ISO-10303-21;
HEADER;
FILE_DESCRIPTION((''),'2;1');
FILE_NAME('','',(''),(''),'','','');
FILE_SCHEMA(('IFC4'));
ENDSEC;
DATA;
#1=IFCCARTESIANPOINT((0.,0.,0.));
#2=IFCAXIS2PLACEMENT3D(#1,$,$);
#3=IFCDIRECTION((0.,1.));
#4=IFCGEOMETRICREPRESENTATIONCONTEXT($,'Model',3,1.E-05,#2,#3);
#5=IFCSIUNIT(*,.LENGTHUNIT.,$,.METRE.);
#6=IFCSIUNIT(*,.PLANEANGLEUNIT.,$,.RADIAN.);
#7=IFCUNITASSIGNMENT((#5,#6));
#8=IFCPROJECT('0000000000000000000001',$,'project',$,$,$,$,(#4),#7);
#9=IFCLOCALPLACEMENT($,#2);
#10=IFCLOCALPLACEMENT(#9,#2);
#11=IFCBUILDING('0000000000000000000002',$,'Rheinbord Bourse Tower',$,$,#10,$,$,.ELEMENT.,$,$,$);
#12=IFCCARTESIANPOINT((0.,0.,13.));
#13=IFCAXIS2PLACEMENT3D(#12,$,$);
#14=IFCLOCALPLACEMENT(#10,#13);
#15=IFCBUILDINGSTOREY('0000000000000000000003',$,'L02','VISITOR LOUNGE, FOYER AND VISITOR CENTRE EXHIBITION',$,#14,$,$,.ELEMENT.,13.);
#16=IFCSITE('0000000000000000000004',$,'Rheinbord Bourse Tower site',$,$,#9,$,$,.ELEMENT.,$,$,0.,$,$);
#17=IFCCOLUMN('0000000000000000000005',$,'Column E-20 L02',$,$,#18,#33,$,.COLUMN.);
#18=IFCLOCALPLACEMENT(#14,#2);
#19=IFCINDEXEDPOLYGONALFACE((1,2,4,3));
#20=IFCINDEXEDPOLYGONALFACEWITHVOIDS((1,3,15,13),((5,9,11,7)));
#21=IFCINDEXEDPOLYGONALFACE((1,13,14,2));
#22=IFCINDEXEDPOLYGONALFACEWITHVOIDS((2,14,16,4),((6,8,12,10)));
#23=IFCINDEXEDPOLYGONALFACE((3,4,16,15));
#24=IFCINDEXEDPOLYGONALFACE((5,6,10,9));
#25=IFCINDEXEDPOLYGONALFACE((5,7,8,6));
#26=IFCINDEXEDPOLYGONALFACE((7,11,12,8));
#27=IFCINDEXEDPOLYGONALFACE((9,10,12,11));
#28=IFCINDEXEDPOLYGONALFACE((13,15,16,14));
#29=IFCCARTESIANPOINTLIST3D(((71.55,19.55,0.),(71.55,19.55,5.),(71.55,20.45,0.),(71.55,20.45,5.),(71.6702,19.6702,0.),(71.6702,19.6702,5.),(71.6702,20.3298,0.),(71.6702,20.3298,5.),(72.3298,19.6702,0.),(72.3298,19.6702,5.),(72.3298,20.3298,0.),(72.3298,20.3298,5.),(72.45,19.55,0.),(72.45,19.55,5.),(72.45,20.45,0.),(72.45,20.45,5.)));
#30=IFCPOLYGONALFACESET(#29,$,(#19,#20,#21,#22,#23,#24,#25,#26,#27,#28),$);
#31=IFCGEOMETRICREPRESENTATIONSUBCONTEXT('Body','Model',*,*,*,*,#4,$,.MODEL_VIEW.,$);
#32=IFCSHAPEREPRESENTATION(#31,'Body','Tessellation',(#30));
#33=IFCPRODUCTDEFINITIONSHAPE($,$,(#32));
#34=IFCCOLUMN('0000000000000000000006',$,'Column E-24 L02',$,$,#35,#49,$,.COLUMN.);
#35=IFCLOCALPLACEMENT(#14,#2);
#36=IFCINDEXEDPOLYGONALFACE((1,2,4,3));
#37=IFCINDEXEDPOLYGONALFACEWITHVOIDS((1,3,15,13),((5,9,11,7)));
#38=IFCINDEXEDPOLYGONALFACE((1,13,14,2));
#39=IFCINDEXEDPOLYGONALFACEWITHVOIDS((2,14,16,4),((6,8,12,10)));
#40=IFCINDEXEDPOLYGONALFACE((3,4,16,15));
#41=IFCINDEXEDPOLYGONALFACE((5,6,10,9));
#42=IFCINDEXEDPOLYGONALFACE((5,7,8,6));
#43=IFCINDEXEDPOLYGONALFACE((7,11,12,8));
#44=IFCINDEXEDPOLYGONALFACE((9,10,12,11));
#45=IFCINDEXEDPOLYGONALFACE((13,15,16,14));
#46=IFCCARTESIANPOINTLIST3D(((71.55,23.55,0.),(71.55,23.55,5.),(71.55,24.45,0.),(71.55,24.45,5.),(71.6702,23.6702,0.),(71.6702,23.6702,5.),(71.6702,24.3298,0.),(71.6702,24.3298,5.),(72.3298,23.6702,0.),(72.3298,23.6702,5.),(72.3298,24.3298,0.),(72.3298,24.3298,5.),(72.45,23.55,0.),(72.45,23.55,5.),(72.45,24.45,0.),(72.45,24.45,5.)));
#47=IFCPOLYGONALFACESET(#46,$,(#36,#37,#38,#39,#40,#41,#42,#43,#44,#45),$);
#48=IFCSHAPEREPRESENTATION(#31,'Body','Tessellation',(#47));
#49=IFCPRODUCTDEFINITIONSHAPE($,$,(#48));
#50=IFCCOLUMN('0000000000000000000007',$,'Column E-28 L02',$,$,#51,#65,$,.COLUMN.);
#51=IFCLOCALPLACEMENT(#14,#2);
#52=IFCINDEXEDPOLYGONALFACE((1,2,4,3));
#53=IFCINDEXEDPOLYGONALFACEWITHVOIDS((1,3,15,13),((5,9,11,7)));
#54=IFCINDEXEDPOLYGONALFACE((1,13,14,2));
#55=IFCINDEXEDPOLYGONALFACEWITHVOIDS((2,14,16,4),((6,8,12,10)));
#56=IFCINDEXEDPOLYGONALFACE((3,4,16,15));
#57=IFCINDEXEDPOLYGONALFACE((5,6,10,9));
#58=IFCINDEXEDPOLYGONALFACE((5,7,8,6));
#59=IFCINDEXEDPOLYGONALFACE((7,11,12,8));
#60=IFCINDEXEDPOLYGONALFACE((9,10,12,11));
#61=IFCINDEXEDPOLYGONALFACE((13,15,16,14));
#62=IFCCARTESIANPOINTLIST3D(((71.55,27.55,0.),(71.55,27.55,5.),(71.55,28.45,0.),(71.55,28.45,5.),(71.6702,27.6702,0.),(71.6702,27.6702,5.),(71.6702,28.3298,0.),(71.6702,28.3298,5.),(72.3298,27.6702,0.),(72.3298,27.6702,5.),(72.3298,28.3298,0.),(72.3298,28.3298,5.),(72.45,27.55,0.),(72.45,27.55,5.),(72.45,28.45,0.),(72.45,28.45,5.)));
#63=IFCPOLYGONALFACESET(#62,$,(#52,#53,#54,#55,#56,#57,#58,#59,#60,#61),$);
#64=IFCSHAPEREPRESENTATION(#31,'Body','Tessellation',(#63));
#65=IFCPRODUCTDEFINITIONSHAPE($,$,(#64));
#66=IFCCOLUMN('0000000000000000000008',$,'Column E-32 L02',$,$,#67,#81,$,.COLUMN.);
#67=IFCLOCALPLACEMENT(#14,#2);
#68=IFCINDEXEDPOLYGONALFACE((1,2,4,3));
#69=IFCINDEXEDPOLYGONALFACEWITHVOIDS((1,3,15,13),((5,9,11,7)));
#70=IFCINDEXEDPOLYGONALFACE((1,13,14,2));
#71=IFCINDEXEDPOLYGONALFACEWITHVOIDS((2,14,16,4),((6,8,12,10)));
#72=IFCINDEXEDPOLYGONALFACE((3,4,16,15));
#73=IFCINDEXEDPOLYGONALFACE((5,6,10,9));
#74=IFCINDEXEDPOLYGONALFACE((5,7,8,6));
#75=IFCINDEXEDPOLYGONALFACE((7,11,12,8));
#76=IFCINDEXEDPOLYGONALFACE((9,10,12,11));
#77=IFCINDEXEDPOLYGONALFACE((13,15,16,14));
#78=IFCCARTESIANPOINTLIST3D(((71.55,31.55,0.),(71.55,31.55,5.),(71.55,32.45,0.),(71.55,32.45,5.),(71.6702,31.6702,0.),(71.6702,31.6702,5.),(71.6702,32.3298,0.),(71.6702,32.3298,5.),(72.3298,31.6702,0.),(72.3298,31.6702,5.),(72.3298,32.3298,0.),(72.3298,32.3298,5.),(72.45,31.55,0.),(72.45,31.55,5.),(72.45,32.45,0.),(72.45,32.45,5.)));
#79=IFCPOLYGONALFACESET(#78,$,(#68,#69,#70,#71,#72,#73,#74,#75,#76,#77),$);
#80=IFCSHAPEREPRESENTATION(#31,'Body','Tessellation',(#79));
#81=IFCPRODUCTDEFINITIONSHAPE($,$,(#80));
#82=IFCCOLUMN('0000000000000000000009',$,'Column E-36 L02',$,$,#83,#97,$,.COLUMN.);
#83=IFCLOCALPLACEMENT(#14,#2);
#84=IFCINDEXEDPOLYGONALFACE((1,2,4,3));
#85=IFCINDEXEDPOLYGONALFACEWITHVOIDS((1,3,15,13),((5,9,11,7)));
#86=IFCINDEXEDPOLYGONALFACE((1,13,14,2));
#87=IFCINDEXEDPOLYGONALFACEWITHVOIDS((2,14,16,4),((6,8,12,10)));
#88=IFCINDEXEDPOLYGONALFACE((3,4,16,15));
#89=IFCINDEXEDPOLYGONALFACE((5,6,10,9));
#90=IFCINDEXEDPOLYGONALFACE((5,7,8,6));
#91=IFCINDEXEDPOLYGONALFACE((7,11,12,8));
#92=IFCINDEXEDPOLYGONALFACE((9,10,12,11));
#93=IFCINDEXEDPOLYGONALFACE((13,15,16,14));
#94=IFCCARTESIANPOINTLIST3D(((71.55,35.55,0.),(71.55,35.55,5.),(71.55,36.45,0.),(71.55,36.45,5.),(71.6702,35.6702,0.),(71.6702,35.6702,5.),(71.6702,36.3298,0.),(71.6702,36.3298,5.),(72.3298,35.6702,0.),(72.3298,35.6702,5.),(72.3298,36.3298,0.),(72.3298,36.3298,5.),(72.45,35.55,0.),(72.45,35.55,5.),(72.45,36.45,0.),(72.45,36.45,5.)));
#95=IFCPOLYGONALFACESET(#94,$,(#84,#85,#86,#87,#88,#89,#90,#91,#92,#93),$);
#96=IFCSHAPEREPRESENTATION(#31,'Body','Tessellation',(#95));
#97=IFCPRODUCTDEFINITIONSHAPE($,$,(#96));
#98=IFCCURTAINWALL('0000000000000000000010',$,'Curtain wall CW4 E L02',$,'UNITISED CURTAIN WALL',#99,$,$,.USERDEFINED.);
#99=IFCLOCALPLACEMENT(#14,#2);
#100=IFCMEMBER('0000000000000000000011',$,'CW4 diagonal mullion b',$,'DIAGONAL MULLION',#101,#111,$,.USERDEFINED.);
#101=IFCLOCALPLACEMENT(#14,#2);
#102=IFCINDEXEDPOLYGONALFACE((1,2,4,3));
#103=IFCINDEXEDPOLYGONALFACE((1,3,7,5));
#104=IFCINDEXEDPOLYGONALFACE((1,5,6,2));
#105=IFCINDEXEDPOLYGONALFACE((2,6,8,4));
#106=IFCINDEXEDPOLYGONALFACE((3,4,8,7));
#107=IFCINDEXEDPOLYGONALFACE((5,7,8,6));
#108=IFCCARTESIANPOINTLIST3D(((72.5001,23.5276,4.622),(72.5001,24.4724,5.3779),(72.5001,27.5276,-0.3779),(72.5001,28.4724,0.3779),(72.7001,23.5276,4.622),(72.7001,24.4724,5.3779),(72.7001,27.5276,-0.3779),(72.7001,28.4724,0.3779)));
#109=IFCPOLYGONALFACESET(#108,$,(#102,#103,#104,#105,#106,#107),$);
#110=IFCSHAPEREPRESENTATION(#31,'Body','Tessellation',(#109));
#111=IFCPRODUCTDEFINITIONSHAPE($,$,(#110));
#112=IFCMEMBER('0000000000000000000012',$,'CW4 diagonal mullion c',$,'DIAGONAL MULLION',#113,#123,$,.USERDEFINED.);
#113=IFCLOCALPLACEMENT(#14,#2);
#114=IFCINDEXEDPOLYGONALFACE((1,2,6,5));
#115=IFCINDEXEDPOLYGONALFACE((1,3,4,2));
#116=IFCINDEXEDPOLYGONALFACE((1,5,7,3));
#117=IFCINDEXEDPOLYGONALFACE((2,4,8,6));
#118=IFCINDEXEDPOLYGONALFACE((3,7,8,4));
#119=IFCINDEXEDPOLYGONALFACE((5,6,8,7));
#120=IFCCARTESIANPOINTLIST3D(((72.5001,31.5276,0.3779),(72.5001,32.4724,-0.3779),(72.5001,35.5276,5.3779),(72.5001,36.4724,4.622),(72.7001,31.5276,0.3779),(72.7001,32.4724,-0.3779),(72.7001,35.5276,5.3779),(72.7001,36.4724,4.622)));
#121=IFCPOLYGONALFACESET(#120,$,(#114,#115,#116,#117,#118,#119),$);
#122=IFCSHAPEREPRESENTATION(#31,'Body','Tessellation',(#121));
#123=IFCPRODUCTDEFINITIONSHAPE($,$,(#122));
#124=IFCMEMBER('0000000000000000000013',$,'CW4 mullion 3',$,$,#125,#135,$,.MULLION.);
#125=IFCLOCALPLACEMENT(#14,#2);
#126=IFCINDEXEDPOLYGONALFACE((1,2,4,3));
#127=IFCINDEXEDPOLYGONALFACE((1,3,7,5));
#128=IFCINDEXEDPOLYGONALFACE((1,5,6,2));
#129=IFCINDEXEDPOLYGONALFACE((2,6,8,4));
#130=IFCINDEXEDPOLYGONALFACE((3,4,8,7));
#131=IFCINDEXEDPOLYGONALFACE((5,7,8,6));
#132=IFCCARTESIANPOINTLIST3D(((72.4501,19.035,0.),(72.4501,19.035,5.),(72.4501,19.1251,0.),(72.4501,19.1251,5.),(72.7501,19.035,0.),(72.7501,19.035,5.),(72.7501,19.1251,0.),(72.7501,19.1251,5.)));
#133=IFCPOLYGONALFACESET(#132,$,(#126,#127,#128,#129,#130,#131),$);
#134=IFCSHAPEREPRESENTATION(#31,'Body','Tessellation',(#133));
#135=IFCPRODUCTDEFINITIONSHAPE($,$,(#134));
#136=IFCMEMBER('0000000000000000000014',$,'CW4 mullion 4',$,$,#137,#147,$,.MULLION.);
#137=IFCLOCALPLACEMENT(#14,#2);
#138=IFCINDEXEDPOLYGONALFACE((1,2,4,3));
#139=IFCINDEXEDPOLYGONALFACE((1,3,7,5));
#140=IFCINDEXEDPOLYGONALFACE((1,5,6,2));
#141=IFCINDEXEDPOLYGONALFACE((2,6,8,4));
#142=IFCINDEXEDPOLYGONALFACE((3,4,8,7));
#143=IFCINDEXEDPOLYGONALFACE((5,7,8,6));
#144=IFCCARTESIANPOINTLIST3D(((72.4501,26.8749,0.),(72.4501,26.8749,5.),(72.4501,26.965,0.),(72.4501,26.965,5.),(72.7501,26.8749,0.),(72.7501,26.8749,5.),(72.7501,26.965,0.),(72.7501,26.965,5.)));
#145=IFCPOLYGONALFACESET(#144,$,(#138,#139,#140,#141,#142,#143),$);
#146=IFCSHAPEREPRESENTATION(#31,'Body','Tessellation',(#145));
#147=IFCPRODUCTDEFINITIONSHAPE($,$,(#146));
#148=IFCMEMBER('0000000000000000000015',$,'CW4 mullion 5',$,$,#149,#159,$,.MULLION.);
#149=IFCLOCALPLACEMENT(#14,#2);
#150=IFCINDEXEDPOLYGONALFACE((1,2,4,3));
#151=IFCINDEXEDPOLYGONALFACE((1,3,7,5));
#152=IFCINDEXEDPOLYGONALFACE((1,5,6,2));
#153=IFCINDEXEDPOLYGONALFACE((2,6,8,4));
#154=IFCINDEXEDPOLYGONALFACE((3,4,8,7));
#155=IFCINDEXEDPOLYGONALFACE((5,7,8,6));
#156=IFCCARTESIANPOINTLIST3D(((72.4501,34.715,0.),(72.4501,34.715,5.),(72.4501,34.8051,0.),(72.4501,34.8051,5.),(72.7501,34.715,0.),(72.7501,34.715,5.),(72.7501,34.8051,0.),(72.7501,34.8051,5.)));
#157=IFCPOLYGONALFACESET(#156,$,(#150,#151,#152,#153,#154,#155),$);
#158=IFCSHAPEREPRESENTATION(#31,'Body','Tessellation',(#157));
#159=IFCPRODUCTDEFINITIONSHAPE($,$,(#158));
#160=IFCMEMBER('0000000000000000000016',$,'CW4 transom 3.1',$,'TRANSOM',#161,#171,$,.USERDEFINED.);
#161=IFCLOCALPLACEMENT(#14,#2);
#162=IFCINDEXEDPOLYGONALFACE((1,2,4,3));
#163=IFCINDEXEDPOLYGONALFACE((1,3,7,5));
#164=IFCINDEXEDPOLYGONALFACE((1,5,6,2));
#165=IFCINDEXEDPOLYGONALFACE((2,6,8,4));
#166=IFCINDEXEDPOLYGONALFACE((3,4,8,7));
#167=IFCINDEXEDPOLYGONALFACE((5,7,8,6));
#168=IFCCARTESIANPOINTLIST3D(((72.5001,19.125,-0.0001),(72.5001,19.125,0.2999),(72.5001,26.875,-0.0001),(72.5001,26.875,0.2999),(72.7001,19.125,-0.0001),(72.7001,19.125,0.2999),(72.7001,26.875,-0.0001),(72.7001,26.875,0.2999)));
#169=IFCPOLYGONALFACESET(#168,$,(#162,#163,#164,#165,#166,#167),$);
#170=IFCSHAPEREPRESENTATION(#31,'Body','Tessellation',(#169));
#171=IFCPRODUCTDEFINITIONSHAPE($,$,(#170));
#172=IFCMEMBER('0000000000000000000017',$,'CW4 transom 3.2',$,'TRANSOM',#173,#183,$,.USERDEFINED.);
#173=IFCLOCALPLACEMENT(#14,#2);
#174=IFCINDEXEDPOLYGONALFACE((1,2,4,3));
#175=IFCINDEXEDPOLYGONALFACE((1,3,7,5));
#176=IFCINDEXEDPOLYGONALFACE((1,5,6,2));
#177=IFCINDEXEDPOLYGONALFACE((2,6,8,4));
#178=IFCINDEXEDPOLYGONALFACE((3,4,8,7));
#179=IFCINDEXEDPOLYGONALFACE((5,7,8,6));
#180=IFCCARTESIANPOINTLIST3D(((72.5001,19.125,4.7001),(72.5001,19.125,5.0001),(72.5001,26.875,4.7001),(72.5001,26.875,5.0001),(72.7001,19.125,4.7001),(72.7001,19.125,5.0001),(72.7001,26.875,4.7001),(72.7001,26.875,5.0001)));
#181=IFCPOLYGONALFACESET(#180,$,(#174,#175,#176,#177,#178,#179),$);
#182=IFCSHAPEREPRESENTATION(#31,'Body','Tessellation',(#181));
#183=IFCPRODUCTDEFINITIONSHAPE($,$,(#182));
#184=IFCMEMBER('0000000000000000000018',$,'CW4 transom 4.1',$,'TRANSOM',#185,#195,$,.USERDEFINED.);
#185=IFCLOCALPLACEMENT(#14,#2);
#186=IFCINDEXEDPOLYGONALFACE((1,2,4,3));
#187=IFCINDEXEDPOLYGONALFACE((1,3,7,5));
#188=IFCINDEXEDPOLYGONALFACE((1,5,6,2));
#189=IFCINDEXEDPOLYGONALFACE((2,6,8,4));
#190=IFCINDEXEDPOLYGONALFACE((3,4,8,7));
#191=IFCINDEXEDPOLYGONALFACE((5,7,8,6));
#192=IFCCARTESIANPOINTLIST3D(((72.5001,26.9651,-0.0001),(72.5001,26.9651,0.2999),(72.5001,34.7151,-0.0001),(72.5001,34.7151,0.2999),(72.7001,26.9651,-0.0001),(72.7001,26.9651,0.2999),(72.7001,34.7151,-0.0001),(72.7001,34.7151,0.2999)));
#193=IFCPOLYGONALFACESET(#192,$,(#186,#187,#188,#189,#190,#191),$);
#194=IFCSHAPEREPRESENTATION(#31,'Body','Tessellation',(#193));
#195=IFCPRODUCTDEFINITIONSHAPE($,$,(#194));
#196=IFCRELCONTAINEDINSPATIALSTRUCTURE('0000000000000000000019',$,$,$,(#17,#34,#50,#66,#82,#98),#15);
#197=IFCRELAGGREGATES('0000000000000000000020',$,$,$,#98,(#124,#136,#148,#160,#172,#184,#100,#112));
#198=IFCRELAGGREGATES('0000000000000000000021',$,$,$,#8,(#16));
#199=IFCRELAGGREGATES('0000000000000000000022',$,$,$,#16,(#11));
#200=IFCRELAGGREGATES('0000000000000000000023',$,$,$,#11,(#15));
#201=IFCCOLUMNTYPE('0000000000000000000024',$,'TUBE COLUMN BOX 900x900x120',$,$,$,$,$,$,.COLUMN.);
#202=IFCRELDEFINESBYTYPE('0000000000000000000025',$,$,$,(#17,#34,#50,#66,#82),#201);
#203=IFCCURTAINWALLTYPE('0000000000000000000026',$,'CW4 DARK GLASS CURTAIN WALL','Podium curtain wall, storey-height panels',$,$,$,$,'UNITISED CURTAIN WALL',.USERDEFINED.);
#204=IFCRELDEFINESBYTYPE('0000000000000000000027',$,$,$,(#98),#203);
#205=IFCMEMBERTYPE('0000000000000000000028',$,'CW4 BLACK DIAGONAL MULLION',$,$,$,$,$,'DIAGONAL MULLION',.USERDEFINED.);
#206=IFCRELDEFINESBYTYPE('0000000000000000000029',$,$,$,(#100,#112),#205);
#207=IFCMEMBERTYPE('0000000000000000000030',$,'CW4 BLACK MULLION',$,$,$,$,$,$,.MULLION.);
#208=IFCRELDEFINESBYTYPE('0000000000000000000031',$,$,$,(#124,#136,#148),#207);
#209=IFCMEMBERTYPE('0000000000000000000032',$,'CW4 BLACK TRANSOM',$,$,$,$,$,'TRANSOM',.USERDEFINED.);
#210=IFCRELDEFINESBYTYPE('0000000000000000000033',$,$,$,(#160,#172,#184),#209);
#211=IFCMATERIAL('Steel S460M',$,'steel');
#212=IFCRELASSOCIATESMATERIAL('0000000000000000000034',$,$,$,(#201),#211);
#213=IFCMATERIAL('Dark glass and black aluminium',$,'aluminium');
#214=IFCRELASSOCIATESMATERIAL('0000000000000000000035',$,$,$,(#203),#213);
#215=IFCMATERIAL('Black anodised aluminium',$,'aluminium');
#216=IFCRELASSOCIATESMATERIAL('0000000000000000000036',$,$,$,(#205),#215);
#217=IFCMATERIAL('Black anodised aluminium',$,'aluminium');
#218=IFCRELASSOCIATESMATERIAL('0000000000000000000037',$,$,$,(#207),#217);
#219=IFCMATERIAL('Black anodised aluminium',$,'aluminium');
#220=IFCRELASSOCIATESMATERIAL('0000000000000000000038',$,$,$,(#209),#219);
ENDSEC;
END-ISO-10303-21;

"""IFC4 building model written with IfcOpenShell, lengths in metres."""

from ifc_helpers import new_model, si_unit, direction, frame, origin, origin_2d, place, context, subcontext, project, spatial, rectangle, hollow_rectangle, extrude, material, material_profile, profile_set, type_object, element, aggregate, save


model = new_model("IFC4")

# Units and contexts
model_context = context("Model", 3, precision=1e-05, world=origin(), true_north=direction((0.0, 1.0)))
body_context = subcontext(model_context, "Body", "Model", "MODEL_VIEW")
ifc_project = project(units=[si_unit("LENGTHUNIT", "METRE"), si_unit("PLANEANGLEUNIT", "RADIAN")], contexts=[model_context])

# Site, building, storey
site_placement = place(None, origin())
site = spatial("IfcSite", under=ifc_project, at=site_placement, Name="Rheinbord Bourse Tower site", CompositionType="ELEMENT", RefElevation=0.0)
building_placement = place(site_placement, origin())
building = spatial("IfcBuilding", under=site, at=building_placement, Name="Rheinbord Bourse Tower", CompositionType="ELEMENT")
storey_placement = place(building_placement, frame((0.0, 0.0, 13.0)))
storey = spatial("IfcBuildingStorey", under=building, at=storey_placement, Name="L02", Description="VISITOR LOUNGE, FOYER AND VISITOR CENTRE EXHIBITION", CompositionType="ELEMENT", Elevation=13.0)

# Columns
ifc_material_1 = material(Name="Steel S460M", Category="steel")
ifc_material_profile_1 = material_profile(ifc_material_1, hollow_rectangle(XDim=0.8999, YDim=0.8999, WallThickness=0.1201, at=origin_2d()), Name="BOX 900x900x120")
ifc_profile_set_1 = profile_set([ifc_material_profile_1], Name="Steel S460M")
column_type = type_object("IfcColumnType", Name="TUBE COLUMN BOX 900x900x120", PredefinedType="COLUMN", material=ifc_profile_set_1)
for number, where, z_axis, x_axis, name in (
    (1, (72.0, 20.0, 0.0), (0.0, 0.0, 1.0), (1.0, 0.0, 0.0), "Column E-20 L02"),
    (2, (72.0, 24.0, 0.0), (0.0, 0.0, 1.0), (1.0, 0.0, 0.0), "Column E-24 L02"),
    (3, (72.0, 28.0, 0.0), (0.0, 0.0, 1.0), (1.0, 0.0, 0.0), "Column E-28 L02"),
    (4, (72.0, 32.0, 0.0), (0.0, 0.0, 1.0), (1.0, 0.0, 0.0), "Column E-32 L02"),
    (5, (72.0, 36.0, 0.0), (0.0, 0.0, 1.0), (1.0, 0.0, 0.0), "Column E-36 L02"),
):
    element("IfcColumn", number, at=place(storey_placement, frame(where, z_axis=z_axis, x_axis=x_axis)), inside=storey, type_object=column_type, Name=name, PredefinedType="COLUMN", context=body_context, shape_type="SweptSolid", body=[
        extrude(hollow_rectangle(XDim=0.8999, YDim=0.8999, WallThickness=0.1201, at=origin_2d()), origin(), (0.0, 0.0, 1.0), 5.0),
    ])

# Curtain wall, members
ifc_material_2 = material(Name="Dark glass and black aluminium", Category="aluminium")
curtain_wall_type = type_object("IfcCurtainWallType", Name="CW4 DARK GLASS CURTAIN WALL", Description="Podium curtain wall, storey-height panels", ElementType="UNITISED CURTAIN WALL", PredefinedType="USERDEFINED", material=ifc_material_2)
curtain_wall_placement = place(storey_placement, origin())
curtain_wall = element("IfcCurtainWall", 6, at=curtain_wall_placement, inside=storey, type_object=curtain_wall_type, Name="Curtain wall CW4 E L02", ObjectType="UNITISED CURTAIN WALL", PredefinedType="USERDEFINED")
ifc_material_3 = material(Name="Black anodised aluminium", Category="aluminium")
ifc_material_profile_2 = material_profile(ifc_material_3, rectangle(XDim=0.2, YDim=1.21, at=origin_2d()), Name="CW4 DIAGONAL MULLION 1210x200")
ifc_profile_set_2 = profile_set([ifc_material_profile_2], Name="Black anodised aluminium")
member_type_1 = type_object("IfcMemberType", Name="CW4 BLACK DIAGONAL MULLION", ElementType="DIAGONAL MULLION", PredefinedType="USERDEFINED", material=ifc_profile_set_2)
member_1_placement = place(storey_placement, frame((72.6001, 28.0, 0.0), z_axis=(0.0, -0.624695, 0.780869), x_axis=(1.0, 0.0, 0.0)))
member_1 = element("IfcMember", 7, at=member_1_placement, type_object=member_type_1, Name="CW4 diagonal mullion b", ObjectType="DIAGONAL MULLION", PredefinedType="USERDEFINED", context=body_context, shape_type="SweptSolid", body=[
    extrude(rectangle(XDim=0.2, YDim=1.21, at=origin_2d()), origin(), (0.0, 0.0, 1.0), 6.4031),
])
member_2_placement = place(storey_placement, frame((72.6001, 32.0, 0.0), z_axis=(0.0, 0.624695, 0.780869), x_axis=(-1.0, 0.0, 0.0)))
member_2 = element("IfcMember", 8, at=member_2_placement, type_object=member_type_1, Name="CW4 diagonal mullion c", ObjectType="DIAGONAL MULLION", PredefinedType="USERDEFINED", context=body_context, shape_type="SweptSolid", body=[
    extrude(rectangle(XDim=0.2, YDim=1.21, at=origin_2d()), origin(), (0.0, 0.0, 1.0), 6.4031),
])
ifc_material_4 = material(Name="Black anodised aluminium", Category="aluminium")
ifc_material_profile_3 = material_profile(ifc_material_4, rectangle(XDim=0.3, YDim=0.0901, at=origin_2d()), Name="CW4 MULLION 90x300")
ifc_profile_set_3 = profile_set([ifc_material_profile_3], Name="Black anodised aluminium")
member_type_2 = type_object("IfcMemberType", Name="CW4 BLACK MULLION", PredefinedType="MULLION", material=ifc_profile_set_3)
member_3_placement = place(storey_placement, frame((72.6001, 19.0801, 0.0), z_axis=(0.0, 0.0, 1.0), x_axis=(-1.0, 0.0, 0.0)))
member_3 = element("IfcMember", 9, at=member_3_placement, type_object=member_type_2, Name="CW4 mullion 3", PredefinedType="MULLION", context=body_context, shape_type="SweptSolid", body=[
    extrude(rectangle(XDim=0.3, YDim=0.0901, at=origin_2d()), origin(), (0.0, 0.0, 1.0), 5.0),
])
member_4_placement = place(storey_placement, frame((72.6001, 26.9199, 0.0), z_axis=(0.0, 0.0, 1.0), x_axis=(-1.0, 0.0, 0.0)))
member_4 = element("IfcMember", 10, at=member_4_placement, type_object=member_type_2, Name="CW4 mullion 4", PredefinedType="MULLION", context=body_context, shape_type="SweptSolid", body=[
    extrude(rectangle(XDim=0.3, YDim=0.0901, at=origin_2d()), origin(), (0.0, 0.0, 1.0), 5.0),
])
member_5_placement = place(storey_placement, frame((72.6001, 34.76, 0.0), z_axis=(0.0, 0.0, 1.0), x_axis=(-1.0, 0.0, 0.0)))
member_5 = element("IfcMember", 11, at=member_5_placement, type_object=member_type_2, Name="CW4 mullion 5", PredefinedType="MULLION", context=body_context, shape_type="SweptSolid", body=[
    extrude(rectangle(XDim=0.3, YDim=0.0901, at=origin_2d()), origin(), (0.0, 0.0, 1.0), 5.0),
])
ifc_material_5 = material(Name="Black anodised aluminium", Category="aluminium")
ifc_material_profile_4 = material_profile(ifc_material_5, rectangle(XDim=0.2, YDim=0.3, at=origin_2d()), Name="CW4 TRANSOM 300x200")
ifc_profile_set_4 = profile_set([ifc_material_profile_4], Name="Black anodised aluminium")
member_type_3 = type_object("IfcMemberType", Name="CW4 BLACK TRANSOM", ElementType="TRANSOM", PredefinedType="USERDEFINED", material=ifc_profile_set_4)
member_6_placement = place(storey_placement, frame((72.6001, 19.125, 0.1499), z_axis=(0.0, 1.0, 0.0), x_axis=(-1.0, 0.0, 0.0)))
member_6 = element("IfcMember", 12, at=member_6_placement, type_object=member_type_3, Name="CW4 transom 3.1", ObjectType="TRANSOM", PredefinedType="USERDEFINED", context=body_context, shape_type="SweptSolid", body=[
    extrude(rectangle(XDim=0.2, YDim=0.3, at=origin_2d()), origin(), (0.0, 0.0, 1.0), 7.75),
])
member_7_placement = place(storey_placement, frame((72.6001, 19.125, 4.8501), z_axis=(0.0, 1.0, 0.0), x_axis=(-1.0, 0.0, 0.0)))
member_7 = element("IfcMember", 13, at=member_7_placement, type_object=member_type_3, Name="CW4 transom 3.2", ObjectType="TRANSOM", PredefinedType="USERDEFINED", context=body_context, shape_type="SweptSolid", body=[
    extrude(rectangle(XDim=0.2, YDim=0.3, at=origin_2d()), origin(), (0.0, 0.0, 1.0), 7.75),
])
member_8_placement = place(storey_placement, frame((72.6001, 26.9651, 0.1499), z_axis=(0.0, 1.0, 0.0), x_axis=(-1.0, 0.0, 0.0)))
member_8 = element("IfcMember", 14, at=member_8_placement, type_object=member_type_3, Name="CW4 transom 4.1", ObjectType="TRANSOM", PredefinedType="USERDEFINED", context=body_context, shape_type="SweptSolid", body=[
    extrude(rectangle(XDim=0.2, YDim=0.3, at=origin_2d()), origin(), (0.0, 0.0, 1.0), 7.75),
])

aggregate(curtain_wall, [member_3, member_4, member_5, member_6, member_7, member_8, member_1, member_2])

save(model, "model.ifc")
